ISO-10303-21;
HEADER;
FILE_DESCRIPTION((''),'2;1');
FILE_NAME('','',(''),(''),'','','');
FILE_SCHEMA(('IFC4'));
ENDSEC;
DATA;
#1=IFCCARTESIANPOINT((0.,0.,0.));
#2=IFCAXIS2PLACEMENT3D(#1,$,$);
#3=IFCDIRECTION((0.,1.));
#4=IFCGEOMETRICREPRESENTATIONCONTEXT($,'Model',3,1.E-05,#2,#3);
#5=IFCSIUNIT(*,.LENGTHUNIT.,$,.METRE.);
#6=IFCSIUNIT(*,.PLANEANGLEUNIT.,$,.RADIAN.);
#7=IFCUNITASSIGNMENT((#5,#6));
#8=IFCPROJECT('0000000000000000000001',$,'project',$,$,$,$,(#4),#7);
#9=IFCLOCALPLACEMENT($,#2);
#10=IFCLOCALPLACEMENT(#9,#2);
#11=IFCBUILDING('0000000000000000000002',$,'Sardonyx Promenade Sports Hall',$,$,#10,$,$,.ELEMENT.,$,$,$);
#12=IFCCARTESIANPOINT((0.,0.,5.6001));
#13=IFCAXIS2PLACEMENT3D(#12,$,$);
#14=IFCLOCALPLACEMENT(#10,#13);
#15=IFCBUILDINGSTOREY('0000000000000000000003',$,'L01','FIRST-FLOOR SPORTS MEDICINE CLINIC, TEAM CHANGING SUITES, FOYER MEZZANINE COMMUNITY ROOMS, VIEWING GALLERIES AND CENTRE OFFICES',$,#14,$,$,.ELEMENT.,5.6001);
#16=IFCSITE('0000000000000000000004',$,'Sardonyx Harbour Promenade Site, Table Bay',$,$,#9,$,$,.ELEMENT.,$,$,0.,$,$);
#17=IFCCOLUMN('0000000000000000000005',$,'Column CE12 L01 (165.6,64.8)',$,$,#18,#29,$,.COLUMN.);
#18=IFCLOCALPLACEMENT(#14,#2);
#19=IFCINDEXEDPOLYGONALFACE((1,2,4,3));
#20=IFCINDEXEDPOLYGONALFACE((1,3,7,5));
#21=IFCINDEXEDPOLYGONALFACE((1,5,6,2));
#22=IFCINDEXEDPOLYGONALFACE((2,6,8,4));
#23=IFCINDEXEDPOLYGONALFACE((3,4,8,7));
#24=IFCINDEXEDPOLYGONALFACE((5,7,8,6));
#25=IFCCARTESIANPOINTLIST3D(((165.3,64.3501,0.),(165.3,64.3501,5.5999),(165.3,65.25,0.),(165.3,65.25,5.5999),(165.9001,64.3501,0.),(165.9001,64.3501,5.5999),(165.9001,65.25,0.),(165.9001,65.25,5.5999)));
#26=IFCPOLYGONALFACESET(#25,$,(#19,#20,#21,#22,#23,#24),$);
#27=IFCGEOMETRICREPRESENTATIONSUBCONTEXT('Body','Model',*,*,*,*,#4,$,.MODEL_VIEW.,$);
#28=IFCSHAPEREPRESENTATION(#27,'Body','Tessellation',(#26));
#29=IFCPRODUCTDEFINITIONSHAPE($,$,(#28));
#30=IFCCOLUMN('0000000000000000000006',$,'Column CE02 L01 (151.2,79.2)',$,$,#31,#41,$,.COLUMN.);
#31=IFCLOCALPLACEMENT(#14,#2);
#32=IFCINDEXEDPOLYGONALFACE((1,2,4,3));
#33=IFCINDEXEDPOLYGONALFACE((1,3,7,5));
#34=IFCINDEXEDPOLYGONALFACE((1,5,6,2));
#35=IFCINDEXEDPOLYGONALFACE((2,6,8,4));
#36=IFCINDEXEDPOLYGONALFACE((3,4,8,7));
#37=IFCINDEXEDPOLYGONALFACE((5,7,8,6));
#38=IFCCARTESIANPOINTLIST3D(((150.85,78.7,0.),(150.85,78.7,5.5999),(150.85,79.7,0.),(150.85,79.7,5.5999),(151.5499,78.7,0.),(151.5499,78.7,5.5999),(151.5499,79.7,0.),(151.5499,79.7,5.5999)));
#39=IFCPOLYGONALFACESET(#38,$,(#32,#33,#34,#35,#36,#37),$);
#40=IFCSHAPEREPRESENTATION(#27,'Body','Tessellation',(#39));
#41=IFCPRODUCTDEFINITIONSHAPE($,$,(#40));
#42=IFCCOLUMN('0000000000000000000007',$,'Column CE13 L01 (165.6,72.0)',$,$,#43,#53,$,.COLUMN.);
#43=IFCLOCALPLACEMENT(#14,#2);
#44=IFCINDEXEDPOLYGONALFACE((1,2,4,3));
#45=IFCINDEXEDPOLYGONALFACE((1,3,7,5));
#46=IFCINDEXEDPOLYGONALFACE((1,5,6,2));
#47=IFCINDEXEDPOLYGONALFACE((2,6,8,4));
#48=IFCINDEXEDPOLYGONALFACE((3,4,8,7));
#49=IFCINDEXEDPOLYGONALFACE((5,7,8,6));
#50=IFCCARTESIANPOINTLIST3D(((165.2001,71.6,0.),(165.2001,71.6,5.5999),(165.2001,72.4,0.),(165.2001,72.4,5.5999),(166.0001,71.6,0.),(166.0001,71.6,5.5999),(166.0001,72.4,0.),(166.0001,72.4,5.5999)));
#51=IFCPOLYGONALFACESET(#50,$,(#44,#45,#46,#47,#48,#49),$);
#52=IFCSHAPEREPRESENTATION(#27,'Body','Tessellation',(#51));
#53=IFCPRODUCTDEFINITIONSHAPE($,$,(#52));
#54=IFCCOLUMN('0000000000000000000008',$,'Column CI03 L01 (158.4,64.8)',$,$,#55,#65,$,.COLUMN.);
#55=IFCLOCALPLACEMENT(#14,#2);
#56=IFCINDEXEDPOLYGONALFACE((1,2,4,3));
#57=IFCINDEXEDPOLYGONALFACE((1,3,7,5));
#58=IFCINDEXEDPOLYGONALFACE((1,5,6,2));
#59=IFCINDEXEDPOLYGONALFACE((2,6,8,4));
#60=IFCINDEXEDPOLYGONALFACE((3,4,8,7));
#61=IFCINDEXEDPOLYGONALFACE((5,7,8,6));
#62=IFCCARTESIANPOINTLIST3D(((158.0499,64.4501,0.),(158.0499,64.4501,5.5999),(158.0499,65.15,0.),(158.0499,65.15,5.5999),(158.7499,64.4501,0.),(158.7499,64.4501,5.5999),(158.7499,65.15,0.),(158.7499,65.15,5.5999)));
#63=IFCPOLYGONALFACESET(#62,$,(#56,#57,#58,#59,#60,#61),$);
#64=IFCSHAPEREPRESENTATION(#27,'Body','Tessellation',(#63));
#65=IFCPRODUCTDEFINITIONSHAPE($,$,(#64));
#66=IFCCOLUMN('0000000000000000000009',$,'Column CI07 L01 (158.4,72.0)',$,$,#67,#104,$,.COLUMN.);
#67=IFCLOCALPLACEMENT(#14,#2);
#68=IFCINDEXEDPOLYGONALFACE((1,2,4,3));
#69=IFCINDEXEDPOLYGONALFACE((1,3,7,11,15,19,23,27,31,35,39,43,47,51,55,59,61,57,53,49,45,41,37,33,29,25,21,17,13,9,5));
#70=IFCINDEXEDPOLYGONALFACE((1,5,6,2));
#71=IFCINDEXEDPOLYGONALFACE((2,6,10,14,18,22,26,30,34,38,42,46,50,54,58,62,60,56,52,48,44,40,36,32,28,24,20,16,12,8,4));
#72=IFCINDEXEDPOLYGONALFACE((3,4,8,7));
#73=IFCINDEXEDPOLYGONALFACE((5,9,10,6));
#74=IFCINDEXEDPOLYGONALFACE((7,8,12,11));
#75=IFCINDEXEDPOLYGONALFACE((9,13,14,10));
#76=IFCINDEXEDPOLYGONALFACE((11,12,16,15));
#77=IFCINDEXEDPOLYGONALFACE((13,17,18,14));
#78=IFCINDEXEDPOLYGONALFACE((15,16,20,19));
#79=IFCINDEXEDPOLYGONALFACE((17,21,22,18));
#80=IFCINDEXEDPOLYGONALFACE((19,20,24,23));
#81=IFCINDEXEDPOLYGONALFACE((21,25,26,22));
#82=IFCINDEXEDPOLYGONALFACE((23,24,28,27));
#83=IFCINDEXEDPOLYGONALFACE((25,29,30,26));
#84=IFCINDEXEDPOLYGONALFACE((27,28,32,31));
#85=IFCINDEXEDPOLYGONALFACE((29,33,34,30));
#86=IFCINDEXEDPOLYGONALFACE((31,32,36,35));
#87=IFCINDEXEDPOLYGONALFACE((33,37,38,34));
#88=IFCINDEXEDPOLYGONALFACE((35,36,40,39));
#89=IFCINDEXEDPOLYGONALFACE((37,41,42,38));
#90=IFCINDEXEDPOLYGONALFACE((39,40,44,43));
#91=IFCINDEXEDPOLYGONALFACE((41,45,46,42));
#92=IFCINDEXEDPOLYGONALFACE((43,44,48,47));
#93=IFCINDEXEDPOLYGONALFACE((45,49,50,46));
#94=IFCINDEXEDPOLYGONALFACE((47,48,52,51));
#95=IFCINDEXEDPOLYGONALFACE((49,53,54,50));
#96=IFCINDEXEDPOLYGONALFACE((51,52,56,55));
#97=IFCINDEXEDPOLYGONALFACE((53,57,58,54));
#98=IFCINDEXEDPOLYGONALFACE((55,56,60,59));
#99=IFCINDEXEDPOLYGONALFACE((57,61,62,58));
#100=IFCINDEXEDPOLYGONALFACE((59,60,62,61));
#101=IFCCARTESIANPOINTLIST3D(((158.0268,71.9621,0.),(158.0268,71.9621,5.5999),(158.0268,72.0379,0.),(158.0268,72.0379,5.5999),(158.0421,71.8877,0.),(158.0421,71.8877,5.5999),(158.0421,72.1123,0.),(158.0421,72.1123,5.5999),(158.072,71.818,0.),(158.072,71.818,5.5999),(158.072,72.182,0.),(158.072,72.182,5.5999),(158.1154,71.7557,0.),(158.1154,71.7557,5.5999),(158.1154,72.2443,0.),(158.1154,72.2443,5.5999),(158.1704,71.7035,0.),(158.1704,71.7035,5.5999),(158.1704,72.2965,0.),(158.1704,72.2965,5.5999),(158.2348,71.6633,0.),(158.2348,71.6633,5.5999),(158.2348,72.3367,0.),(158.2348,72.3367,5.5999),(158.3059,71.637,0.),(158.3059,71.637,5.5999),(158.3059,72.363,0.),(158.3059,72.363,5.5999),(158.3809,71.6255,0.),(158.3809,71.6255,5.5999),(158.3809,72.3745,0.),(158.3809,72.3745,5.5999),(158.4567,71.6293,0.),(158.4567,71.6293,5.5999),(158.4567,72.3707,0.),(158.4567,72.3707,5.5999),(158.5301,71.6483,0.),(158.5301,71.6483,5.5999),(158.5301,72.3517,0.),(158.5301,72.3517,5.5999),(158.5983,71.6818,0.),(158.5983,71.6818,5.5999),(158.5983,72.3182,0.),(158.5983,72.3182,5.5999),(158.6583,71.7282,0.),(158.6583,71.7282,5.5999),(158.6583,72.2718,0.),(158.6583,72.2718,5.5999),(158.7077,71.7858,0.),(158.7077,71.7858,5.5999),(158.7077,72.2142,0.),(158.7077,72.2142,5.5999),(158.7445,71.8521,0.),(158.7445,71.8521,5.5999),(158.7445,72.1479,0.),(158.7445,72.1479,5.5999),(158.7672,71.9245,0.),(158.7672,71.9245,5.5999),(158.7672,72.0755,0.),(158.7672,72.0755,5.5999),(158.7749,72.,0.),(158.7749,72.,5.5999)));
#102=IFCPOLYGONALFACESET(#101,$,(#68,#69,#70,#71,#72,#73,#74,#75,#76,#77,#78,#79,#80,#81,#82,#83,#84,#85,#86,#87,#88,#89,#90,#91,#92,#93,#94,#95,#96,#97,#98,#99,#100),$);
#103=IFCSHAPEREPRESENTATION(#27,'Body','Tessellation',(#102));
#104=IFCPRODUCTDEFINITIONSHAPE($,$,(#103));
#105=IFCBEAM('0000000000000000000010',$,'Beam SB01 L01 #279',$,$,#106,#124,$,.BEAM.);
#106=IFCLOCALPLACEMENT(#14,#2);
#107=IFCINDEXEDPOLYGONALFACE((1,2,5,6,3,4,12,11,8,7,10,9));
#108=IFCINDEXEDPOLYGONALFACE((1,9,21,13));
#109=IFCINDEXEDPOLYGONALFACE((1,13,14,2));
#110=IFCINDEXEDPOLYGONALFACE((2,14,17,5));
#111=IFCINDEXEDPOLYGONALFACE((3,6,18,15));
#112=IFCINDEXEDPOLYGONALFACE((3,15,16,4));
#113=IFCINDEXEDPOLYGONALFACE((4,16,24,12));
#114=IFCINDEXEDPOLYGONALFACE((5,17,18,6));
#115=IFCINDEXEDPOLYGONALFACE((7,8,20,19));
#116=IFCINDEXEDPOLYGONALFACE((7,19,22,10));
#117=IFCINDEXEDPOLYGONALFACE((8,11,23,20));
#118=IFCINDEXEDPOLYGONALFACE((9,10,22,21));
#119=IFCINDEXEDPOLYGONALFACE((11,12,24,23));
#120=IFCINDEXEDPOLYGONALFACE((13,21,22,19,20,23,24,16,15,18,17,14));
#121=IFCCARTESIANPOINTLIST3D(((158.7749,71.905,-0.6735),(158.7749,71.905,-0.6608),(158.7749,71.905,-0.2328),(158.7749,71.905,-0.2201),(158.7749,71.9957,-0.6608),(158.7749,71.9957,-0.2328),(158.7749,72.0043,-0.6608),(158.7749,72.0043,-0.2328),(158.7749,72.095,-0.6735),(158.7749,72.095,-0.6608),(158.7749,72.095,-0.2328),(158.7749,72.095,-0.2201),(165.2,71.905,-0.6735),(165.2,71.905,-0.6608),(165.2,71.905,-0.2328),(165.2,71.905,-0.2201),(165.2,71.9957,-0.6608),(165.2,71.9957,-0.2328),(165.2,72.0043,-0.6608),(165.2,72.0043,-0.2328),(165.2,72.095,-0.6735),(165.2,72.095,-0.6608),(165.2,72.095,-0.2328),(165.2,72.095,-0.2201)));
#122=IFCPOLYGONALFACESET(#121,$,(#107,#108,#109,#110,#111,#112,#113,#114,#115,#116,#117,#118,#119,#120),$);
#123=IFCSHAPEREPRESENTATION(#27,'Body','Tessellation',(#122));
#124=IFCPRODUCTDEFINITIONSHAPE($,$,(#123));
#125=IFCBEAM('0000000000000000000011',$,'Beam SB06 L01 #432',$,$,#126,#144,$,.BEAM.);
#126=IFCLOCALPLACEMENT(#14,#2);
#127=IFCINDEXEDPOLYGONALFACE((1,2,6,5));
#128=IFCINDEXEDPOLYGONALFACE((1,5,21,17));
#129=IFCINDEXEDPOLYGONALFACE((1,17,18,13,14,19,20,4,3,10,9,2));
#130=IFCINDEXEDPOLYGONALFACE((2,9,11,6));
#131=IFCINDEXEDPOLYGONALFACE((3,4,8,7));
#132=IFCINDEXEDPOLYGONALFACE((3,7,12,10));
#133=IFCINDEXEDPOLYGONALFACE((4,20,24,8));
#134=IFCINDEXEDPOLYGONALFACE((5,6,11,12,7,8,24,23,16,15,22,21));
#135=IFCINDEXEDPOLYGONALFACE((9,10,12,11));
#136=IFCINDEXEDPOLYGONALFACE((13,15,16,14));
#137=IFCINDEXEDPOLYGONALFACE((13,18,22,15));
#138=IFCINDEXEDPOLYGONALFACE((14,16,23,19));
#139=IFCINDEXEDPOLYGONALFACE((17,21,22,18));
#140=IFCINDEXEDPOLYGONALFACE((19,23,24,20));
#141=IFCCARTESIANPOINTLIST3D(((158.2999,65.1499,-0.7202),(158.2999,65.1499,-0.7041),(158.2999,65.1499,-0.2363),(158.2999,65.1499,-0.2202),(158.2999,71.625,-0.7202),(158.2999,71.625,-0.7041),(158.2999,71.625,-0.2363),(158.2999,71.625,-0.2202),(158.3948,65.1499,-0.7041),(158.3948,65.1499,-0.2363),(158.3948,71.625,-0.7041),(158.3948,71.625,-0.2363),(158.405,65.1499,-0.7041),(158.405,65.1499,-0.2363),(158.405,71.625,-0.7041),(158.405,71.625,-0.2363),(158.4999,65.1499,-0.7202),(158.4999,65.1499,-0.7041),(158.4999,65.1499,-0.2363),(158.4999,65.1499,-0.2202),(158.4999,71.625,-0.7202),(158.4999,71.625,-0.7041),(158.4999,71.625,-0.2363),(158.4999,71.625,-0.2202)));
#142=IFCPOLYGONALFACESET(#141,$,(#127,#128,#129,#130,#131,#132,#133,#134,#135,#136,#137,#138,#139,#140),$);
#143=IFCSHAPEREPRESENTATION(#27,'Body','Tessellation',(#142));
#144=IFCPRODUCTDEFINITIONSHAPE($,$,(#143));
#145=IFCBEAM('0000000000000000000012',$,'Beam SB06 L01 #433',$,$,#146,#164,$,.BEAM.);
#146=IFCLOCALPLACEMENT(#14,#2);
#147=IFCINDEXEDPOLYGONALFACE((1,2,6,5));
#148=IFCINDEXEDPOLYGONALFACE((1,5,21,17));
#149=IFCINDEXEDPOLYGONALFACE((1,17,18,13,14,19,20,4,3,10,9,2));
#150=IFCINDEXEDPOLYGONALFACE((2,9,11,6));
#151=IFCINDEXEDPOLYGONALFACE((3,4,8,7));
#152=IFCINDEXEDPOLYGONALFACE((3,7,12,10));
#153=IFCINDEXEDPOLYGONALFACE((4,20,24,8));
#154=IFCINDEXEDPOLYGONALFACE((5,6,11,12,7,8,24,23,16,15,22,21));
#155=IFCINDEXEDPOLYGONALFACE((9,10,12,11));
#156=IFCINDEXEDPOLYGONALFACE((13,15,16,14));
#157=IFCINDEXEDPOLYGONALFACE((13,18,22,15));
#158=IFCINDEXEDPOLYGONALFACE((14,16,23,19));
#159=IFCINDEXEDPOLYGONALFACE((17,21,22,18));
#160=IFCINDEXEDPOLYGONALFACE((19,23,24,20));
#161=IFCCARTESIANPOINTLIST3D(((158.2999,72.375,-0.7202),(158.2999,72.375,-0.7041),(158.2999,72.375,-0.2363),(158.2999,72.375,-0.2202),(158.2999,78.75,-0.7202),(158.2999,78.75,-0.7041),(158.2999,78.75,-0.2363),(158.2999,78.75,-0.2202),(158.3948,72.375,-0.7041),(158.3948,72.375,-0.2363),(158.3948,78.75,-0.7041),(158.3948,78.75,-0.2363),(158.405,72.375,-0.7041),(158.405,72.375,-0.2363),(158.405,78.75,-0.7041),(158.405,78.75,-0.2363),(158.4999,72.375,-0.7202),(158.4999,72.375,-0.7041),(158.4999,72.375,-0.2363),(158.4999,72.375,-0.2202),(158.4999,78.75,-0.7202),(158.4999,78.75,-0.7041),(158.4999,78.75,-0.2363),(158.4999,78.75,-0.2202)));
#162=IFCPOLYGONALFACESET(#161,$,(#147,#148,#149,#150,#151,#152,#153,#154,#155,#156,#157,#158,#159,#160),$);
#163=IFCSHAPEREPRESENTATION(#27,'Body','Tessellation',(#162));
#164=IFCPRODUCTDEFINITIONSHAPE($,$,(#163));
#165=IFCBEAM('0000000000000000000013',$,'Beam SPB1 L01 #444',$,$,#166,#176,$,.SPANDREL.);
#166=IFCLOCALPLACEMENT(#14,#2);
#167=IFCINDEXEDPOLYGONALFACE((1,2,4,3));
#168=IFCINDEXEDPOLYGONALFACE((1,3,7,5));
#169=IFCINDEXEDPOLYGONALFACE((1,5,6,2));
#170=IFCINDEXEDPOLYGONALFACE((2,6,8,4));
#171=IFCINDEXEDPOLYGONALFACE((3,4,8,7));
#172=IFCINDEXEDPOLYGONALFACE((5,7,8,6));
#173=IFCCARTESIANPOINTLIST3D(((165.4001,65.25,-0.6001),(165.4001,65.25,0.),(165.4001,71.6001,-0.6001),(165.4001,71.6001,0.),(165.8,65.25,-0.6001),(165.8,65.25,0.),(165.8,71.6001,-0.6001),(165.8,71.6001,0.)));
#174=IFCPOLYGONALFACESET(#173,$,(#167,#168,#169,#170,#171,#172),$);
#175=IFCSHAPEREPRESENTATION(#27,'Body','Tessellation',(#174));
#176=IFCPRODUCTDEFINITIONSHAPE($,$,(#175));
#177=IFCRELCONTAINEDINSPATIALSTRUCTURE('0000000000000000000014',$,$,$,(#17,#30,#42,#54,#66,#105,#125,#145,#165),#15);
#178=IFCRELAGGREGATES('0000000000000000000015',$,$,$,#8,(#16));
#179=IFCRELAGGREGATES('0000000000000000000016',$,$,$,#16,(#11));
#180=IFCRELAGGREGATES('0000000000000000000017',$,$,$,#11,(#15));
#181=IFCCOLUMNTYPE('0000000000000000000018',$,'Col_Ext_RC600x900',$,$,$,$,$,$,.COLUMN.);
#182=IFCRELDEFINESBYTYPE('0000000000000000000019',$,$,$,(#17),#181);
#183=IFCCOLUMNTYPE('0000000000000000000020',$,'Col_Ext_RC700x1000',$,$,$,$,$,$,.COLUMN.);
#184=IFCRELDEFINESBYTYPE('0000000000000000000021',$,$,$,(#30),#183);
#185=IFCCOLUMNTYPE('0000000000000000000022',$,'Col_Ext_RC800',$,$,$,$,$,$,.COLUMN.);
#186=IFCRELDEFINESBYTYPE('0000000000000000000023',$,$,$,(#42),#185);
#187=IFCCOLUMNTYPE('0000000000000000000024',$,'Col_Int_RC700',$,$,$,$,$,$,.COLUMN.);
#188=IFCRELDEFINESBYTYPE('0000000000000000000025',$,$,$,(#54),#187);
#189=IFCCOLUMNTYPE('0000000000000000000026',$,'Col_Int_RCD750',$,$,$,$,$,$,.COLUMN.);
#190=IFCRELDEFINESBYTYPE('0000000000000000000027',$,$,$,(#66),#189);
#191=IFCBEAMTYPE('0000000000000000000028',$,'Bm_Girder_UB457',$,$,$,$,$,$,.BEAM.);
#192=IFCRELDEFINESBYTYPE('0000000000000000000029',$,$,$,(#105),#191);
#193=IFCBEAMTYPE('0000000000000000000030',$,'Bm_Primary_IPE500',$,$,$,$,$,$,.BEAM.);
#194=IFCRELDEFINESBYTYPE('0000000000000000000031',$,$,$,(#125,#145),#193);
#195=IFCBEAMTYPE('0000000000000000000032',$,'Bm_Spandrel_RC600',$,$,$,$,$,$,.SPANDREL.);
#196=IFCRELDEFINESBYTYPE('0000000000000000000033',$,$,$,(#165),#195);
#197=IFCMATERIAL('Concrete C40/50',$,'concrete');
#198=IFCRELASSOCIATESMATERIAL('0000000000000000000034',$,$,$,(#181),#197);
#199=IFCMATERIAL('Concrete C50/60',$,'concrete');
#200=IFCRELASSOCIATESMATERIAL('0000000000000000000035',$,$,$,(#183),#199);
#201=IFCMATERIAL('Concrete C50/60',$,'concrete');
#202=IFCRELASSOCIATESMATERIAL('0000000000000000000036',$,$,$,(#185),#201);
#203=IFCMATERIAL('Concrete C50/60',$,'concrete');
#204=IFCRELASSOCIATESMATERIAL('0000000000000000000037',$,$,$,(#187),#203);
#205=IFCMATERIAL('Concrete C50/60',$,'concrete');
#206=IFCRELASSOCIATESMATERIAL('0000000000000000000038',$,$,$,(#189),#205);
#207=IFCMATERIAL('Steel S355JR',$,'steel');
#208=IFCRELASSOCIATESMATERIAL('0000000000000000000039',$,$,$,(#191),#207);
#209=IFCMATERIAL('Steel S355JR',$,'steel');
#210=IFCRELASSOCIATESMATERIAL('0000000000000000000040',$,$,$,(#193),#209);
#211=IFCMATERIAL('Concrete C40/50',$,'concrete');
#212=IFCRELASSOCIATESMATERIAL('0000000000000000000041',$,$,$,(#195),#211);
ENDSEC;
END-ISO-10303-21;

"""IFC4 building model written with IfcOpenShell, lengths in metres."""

from ifc_helpers import new_model, si_unit, direction, frame, origin, origin_2d, place, context, subcontext, project, spatial, rectangle, circle, i_section, extrude, material, material_profile, profile_set, type_object, element, save


model = new_model("IFC4")

# Units and contexts
model_context = context("Model", 3, precision=1e-05, world=origin(), true_north=direction((0.0, 1.0)))
body_context = subcontext(model_context, "Body", "Model", "MODEL_VIEW")
ifc_project = project(units=[si_unit("LENGTHUNIT", "METRE"), si_unit("PLANEANGLEUNIT", "RADIAN")], contexts=[model_context])

# Site, building, storey
site_placement = place(None, origin())
site = spatial("IfcSite", under=ifc_project, at=site_placement, Name="Sardonyx Harbour Promenade Site, Table Bay", CompositionType="ELEMENT", RefElevation=0.0)
building_placement = place(site_placement, origin())
building = spatial("IfcBuilding", under=site, at=building_placement, Name="Sardonyx Promenade Sports Hall", CompositionType="ELEMENT")
storey_placement = place(building_placement, frame((0.0, 0.0, 5.6001)))
storey = spatial("IfcBuildingStorey", under=building, at=storey_placement, Name="L01", Description="FIRST-FLOOR SPORTS MEDICINE CLINIC, TEAM CHANGING SUITES, FOYER MEZZANINE COMMUNITY ROOMS, VIEWING GALLERIES AND CENTRE OFFICES", CompositionType="ELEMENT", Elevation=5.6001)

# Columns
ifc_material_1 = material(Name="Concrete C40/50", Category="concrete")
ifc_material_profile_1 = material_profile(ifc_material_1, rectangle(XDim=0.6001, YDim=0.8999, at=origin_2d()))
ifc_profile_set_1 = profile_set([ifc_material_profile_1], Name="Concrete C40/50")
column_type_1 = type_object("IfcColumnType", Name="Col_Ext_RC600x900", PredefinedType="COLUMN", material=ifc_profile_set_1)
column_1_placement = place(storey_placement, frame((165.6001, 64.8, 0.0), z_axis=(0.0, 0.0, 1.0), x_axis=(1.0, 0.0, 0.0)))
element("IfcColumn", 1, at=column_1_placement, inside=storey, type_object=column_type_1, Name="Column CE12 L01 (165.6,64.8)", PredefinedType="COLUMN", context=body_context, shape_type="SweptSolid", body=[
    extrude(rectangle(XDim=0.6001, YDim=0.8999, at=origin_2d()), origin(), (0.0, 0.0, 1.0), 5.5999),
])
ifc_material_2 = material(Name="Concrete C50/60", Category="concrete")
ifc_material_profile_2 = material_profile(ifc_material_2, rectangle(XDim=0.7, YDim=1.0, at=origin_2d()))
ifc_profile_set_2 = profile_set([ifc_material_profile_2], Name="Concrete C50/60")
column_type_2 = type_object("IfcColumnType", Name="Col_Ext_RC700x1000", PredefinedType="COLUMN", material=ifc_profile_set_2)
column_2_placement = place(storey_placement, frame((151.2, 79.2, 0.0), z_axis=(0.0, 0.0, 1.0), x_axis=(1.0, 0.0, 0.0)))
element("IfcColumn", 2, at=column_2_placement, inside=storey, type_object=column_type_2, Name="Column CE02 L01 (151.2,79.2)", PredefinedType="COLUMN", context=body_context, shape_type="SweptSolid", body=[
    extrude(rectangle(XDim=0.7, YDim=1.0, at=origin_2d()), origin(), (0.0, 0.0, 1.0), 5.5999),
])
ifc_material_3 = material(Name="Concrete C50/60", Category="concrete")
ifc_material_profile_3 = material_profile(ifc_material_3, rectangle(XDim=0.8, YDim=0.8, at=origin_2d()))
ifc_profile_set_3 = profile_set([ifc_material_profile_3], Name="Concrete C50/60")
column_type_3 = type_object("IfcColumnType", Name="Col_Ext_RC800", PredefinedType="COLUMN", material=ifc_profile_set_3)
column_3_placement = place(storey_placement, frame((165.6001, 72.0, 0.0), z_axis=(0.0, 0.0, 1.0), x_axis=(1.0, 0.0, 0.0)))
element("IfcColumn", 3, at=column_3_placement, inside=storey, type_object=column_type_3, Name="Column CE13 L01 (165.6,72.0)", PredefinedType="COLUMN", context=body_context, shape_type="SweptSolid", body=[
    extrude(rectangle(XDim=0.8, YDim=0.8, at=origin_2d()), origin(), (0.0, 0.0, 1.0), 5.5999),
])
ifc_material_4 = material(Name="Concrete C50/60", Category="concrete")
ifc_material_profile_4 = material_profile(ifc_material_4, rectangle(XDim=0.7, YDim=0.7, at=origin_2d()))
ifc_profile_set_4 = profile_set([ifc_material_profile_4], Name="Concrete C50/60")
column_type_4 = type_object("IfcColumnType", Name="Col_Int_RC700", PredefinedType="COLUMN", material=ifc_profile_set_4)
column_4_placement = place(storey_placement, frame((158.3999, 64.8, 0.0), z_axis=(0.0, 0.0, 1.0), x_axis=(1.0, 0.0, 0.0)))
element("IfcColumn", 4, at=column_4_placement, inside=storey, type_object=column_type_4, Name="Column CI03 L01 (158.4,64.8)", PredefinedType="COLUMN", context=body_context, shape_type="SweptSolid", body=[
    extrude(rectangle(XDim=0.7, YDim=0.7, at=origin_2d()), origin(), (0.0, 0.0, 1.0), 5.5999),
])
ifc_material_5 = material(Name="Concrete C50/60", Category="concrete")
ifc_material_profile_5 = material_profile(ifc_material_5, circle(Radius=0.375, at=origin_2d()))
ifc_profile_set_5 = profile_set([ifc_material_profile_5], Name="Concrete C50/60")
column_type_5 = type_object("IfcColumnType", Name="Col_Int_RCD750", PredefinedType="COLUMN", material=ifc_profile_set_5)
column_5_placement = place(storey_placement, frame((158.3999, 72.0, 0.0), z_axis=(0.0, 0.0, 1.0), x_axis=(1.0, 0.0, 0.0)))
element("IfcColumn", 5, at=column_5_placement, inside=storey, type_object=column_type_5, Name="Column CI07 L01 (158.4,72.0)", PredefinedType="COLUMN", context=body_context, shape_type="SweptSolid", body=[
    extrude(circle(Radius=0.375, at=origin_2d()), origin(), (0.0, 0.0, 1.0), 5.5999),
])

# Beams
ifc_material_6 = material(Name="Steel S355JR", Category="steel")
ifc_material_profile_6 = material_profile(ifc_material_6, i_section(OverallWidth=0.1899, OverallDepth=0.4534, WebThickness=0.0085, FlangeThickness=0.0127, at=origin_2d()))
ifc_profile_set_6 = profile_set([ifc_material_profile_6], Name="Steel S355JR")
beam_type_1 = type_object("IfcBeamType", Name="Bm_Girder_UB457", PredefinedType="BEAM", material=ifc_profile_set_6)
beam_1_placement = place(storey_placement, frame((158.7749, 72.0, -0.4468), z_axis=(1.0, 0.0, 0.0), x_axis=(0.0, 1.0, 0.0)))
element("IfcBeam", 6, at=beam_1_placement, inside=storey, type_object=beam_type_1, Name="Beam SB01 L01 #279", PredefinedType="BEAM", context=body_context, shape_type="SweptSolid", body=[
    extrude(i_section(OverallWidth=0.1899, OverallDepth=0.4534, WebThickness=0.0085, FlangeThickness=0.0127, at=origin_2d()), origin(), (0.0, 0.0, 1.0), 6.425),
])
ifc_material_7 = material(Name="Steel S355JR", Category="steel")
ifc_material_profile_7 = material_profile(ifc_material_7, i_section(OverallWidth=0.2, OverallDepth=0.5, WebThickness=0.0103, FlangeThickness=0.0161, at=origin_2d()))
ifc_profile_set_7 = profile_set([ifc_material_profile_7], Name="Steel S355JR")
beam_type_2 = type_object("IfcBeamType", Name="Bm_Primary_IPE500", PredefinedType="BEAM", material=ifc_profile_set_7)
beam_2_placement = place(storey_placement, frame((158.3999, 65.1499, -0.4702), z_axis=(0.0, 1.0, 0.0), x_axis=(-1.0, 0.0, 0.0)))
element("IfcBeam", 7, at=beam_2_placement, inside=storey, type_object=beam_type_2, Name="Beam SB06 L01 #432", PredefinedType="BEAM", context=body_context, shape_type="SweptSolid", body=[
    extrude(i_section(OverallWidth=0.2, OverallDepth=0.5, WebThickness=0.0103, FlangeThickness=0.0161, at=origin_2d()), origin(), (0.0, 0.0, 1.0), 6.4751),
])
beam_3_placement = place(storey_placement, frame((158.3999, 72.375, -0.4702), z_axis=(0.0, 1.0, 0.0), x_axis=(-1.0, 0.0, 0.0)))
element("IfcBeam", 8, at=beam_3_placement, inside=storey, type_object=beam_type_2, Name="Beam SB06 L01 #433", PredefinedType="BEAM", context=body_context, shape_type="SweptSolid", body=[
    extrude(i_section(OverallWidth=0.2, OverallDepth=0.5, WebThickness=0.0103, FlangeThickness=0.0161, at=origin_2d()), origin(), (0.0, 0.0, 1.0), 6.375),
])
ifc_material_8 = material(Name="Concrete C40/50", Category="concrete")
ifc_material_profile_8 = material_profile(ifc_material_8, rectangle(XDim=0.3999, YDim=0.6001, at=origin_2d()))
ifc_profile_set_8 = profile_set([ifc_material_profile_8], Name="Concrete C40/50")
beam_type_3 = type_object("IfcBeamType", Name="Bm_Spandrel_RC600", PredefinedType="SPANDREL", material=ifc_profile_set_8)
beam_4_placement = place(storey_placement, frame((165.6001, 65.25, -0.3), z_axis=(0.0, 1.0, 0.0), x_axis=(-1.0, 0.0, 0.0)))
element("IfcBeam", 9, at=beam_4_placement, inside=storey, type_object=beam_type_3, Name="Beam SPB1 L01 #444", PredefinedType="SPANDREL", context=body_context, shape_type="SweptSolid", body=[
    extrude(rectangle(XDim=0.3999, YDim=0.6001, at=origin_2d()), origin(), (0.0, 0.0, 1.0), 6.3501),
])

save(model, "model.ifc")
